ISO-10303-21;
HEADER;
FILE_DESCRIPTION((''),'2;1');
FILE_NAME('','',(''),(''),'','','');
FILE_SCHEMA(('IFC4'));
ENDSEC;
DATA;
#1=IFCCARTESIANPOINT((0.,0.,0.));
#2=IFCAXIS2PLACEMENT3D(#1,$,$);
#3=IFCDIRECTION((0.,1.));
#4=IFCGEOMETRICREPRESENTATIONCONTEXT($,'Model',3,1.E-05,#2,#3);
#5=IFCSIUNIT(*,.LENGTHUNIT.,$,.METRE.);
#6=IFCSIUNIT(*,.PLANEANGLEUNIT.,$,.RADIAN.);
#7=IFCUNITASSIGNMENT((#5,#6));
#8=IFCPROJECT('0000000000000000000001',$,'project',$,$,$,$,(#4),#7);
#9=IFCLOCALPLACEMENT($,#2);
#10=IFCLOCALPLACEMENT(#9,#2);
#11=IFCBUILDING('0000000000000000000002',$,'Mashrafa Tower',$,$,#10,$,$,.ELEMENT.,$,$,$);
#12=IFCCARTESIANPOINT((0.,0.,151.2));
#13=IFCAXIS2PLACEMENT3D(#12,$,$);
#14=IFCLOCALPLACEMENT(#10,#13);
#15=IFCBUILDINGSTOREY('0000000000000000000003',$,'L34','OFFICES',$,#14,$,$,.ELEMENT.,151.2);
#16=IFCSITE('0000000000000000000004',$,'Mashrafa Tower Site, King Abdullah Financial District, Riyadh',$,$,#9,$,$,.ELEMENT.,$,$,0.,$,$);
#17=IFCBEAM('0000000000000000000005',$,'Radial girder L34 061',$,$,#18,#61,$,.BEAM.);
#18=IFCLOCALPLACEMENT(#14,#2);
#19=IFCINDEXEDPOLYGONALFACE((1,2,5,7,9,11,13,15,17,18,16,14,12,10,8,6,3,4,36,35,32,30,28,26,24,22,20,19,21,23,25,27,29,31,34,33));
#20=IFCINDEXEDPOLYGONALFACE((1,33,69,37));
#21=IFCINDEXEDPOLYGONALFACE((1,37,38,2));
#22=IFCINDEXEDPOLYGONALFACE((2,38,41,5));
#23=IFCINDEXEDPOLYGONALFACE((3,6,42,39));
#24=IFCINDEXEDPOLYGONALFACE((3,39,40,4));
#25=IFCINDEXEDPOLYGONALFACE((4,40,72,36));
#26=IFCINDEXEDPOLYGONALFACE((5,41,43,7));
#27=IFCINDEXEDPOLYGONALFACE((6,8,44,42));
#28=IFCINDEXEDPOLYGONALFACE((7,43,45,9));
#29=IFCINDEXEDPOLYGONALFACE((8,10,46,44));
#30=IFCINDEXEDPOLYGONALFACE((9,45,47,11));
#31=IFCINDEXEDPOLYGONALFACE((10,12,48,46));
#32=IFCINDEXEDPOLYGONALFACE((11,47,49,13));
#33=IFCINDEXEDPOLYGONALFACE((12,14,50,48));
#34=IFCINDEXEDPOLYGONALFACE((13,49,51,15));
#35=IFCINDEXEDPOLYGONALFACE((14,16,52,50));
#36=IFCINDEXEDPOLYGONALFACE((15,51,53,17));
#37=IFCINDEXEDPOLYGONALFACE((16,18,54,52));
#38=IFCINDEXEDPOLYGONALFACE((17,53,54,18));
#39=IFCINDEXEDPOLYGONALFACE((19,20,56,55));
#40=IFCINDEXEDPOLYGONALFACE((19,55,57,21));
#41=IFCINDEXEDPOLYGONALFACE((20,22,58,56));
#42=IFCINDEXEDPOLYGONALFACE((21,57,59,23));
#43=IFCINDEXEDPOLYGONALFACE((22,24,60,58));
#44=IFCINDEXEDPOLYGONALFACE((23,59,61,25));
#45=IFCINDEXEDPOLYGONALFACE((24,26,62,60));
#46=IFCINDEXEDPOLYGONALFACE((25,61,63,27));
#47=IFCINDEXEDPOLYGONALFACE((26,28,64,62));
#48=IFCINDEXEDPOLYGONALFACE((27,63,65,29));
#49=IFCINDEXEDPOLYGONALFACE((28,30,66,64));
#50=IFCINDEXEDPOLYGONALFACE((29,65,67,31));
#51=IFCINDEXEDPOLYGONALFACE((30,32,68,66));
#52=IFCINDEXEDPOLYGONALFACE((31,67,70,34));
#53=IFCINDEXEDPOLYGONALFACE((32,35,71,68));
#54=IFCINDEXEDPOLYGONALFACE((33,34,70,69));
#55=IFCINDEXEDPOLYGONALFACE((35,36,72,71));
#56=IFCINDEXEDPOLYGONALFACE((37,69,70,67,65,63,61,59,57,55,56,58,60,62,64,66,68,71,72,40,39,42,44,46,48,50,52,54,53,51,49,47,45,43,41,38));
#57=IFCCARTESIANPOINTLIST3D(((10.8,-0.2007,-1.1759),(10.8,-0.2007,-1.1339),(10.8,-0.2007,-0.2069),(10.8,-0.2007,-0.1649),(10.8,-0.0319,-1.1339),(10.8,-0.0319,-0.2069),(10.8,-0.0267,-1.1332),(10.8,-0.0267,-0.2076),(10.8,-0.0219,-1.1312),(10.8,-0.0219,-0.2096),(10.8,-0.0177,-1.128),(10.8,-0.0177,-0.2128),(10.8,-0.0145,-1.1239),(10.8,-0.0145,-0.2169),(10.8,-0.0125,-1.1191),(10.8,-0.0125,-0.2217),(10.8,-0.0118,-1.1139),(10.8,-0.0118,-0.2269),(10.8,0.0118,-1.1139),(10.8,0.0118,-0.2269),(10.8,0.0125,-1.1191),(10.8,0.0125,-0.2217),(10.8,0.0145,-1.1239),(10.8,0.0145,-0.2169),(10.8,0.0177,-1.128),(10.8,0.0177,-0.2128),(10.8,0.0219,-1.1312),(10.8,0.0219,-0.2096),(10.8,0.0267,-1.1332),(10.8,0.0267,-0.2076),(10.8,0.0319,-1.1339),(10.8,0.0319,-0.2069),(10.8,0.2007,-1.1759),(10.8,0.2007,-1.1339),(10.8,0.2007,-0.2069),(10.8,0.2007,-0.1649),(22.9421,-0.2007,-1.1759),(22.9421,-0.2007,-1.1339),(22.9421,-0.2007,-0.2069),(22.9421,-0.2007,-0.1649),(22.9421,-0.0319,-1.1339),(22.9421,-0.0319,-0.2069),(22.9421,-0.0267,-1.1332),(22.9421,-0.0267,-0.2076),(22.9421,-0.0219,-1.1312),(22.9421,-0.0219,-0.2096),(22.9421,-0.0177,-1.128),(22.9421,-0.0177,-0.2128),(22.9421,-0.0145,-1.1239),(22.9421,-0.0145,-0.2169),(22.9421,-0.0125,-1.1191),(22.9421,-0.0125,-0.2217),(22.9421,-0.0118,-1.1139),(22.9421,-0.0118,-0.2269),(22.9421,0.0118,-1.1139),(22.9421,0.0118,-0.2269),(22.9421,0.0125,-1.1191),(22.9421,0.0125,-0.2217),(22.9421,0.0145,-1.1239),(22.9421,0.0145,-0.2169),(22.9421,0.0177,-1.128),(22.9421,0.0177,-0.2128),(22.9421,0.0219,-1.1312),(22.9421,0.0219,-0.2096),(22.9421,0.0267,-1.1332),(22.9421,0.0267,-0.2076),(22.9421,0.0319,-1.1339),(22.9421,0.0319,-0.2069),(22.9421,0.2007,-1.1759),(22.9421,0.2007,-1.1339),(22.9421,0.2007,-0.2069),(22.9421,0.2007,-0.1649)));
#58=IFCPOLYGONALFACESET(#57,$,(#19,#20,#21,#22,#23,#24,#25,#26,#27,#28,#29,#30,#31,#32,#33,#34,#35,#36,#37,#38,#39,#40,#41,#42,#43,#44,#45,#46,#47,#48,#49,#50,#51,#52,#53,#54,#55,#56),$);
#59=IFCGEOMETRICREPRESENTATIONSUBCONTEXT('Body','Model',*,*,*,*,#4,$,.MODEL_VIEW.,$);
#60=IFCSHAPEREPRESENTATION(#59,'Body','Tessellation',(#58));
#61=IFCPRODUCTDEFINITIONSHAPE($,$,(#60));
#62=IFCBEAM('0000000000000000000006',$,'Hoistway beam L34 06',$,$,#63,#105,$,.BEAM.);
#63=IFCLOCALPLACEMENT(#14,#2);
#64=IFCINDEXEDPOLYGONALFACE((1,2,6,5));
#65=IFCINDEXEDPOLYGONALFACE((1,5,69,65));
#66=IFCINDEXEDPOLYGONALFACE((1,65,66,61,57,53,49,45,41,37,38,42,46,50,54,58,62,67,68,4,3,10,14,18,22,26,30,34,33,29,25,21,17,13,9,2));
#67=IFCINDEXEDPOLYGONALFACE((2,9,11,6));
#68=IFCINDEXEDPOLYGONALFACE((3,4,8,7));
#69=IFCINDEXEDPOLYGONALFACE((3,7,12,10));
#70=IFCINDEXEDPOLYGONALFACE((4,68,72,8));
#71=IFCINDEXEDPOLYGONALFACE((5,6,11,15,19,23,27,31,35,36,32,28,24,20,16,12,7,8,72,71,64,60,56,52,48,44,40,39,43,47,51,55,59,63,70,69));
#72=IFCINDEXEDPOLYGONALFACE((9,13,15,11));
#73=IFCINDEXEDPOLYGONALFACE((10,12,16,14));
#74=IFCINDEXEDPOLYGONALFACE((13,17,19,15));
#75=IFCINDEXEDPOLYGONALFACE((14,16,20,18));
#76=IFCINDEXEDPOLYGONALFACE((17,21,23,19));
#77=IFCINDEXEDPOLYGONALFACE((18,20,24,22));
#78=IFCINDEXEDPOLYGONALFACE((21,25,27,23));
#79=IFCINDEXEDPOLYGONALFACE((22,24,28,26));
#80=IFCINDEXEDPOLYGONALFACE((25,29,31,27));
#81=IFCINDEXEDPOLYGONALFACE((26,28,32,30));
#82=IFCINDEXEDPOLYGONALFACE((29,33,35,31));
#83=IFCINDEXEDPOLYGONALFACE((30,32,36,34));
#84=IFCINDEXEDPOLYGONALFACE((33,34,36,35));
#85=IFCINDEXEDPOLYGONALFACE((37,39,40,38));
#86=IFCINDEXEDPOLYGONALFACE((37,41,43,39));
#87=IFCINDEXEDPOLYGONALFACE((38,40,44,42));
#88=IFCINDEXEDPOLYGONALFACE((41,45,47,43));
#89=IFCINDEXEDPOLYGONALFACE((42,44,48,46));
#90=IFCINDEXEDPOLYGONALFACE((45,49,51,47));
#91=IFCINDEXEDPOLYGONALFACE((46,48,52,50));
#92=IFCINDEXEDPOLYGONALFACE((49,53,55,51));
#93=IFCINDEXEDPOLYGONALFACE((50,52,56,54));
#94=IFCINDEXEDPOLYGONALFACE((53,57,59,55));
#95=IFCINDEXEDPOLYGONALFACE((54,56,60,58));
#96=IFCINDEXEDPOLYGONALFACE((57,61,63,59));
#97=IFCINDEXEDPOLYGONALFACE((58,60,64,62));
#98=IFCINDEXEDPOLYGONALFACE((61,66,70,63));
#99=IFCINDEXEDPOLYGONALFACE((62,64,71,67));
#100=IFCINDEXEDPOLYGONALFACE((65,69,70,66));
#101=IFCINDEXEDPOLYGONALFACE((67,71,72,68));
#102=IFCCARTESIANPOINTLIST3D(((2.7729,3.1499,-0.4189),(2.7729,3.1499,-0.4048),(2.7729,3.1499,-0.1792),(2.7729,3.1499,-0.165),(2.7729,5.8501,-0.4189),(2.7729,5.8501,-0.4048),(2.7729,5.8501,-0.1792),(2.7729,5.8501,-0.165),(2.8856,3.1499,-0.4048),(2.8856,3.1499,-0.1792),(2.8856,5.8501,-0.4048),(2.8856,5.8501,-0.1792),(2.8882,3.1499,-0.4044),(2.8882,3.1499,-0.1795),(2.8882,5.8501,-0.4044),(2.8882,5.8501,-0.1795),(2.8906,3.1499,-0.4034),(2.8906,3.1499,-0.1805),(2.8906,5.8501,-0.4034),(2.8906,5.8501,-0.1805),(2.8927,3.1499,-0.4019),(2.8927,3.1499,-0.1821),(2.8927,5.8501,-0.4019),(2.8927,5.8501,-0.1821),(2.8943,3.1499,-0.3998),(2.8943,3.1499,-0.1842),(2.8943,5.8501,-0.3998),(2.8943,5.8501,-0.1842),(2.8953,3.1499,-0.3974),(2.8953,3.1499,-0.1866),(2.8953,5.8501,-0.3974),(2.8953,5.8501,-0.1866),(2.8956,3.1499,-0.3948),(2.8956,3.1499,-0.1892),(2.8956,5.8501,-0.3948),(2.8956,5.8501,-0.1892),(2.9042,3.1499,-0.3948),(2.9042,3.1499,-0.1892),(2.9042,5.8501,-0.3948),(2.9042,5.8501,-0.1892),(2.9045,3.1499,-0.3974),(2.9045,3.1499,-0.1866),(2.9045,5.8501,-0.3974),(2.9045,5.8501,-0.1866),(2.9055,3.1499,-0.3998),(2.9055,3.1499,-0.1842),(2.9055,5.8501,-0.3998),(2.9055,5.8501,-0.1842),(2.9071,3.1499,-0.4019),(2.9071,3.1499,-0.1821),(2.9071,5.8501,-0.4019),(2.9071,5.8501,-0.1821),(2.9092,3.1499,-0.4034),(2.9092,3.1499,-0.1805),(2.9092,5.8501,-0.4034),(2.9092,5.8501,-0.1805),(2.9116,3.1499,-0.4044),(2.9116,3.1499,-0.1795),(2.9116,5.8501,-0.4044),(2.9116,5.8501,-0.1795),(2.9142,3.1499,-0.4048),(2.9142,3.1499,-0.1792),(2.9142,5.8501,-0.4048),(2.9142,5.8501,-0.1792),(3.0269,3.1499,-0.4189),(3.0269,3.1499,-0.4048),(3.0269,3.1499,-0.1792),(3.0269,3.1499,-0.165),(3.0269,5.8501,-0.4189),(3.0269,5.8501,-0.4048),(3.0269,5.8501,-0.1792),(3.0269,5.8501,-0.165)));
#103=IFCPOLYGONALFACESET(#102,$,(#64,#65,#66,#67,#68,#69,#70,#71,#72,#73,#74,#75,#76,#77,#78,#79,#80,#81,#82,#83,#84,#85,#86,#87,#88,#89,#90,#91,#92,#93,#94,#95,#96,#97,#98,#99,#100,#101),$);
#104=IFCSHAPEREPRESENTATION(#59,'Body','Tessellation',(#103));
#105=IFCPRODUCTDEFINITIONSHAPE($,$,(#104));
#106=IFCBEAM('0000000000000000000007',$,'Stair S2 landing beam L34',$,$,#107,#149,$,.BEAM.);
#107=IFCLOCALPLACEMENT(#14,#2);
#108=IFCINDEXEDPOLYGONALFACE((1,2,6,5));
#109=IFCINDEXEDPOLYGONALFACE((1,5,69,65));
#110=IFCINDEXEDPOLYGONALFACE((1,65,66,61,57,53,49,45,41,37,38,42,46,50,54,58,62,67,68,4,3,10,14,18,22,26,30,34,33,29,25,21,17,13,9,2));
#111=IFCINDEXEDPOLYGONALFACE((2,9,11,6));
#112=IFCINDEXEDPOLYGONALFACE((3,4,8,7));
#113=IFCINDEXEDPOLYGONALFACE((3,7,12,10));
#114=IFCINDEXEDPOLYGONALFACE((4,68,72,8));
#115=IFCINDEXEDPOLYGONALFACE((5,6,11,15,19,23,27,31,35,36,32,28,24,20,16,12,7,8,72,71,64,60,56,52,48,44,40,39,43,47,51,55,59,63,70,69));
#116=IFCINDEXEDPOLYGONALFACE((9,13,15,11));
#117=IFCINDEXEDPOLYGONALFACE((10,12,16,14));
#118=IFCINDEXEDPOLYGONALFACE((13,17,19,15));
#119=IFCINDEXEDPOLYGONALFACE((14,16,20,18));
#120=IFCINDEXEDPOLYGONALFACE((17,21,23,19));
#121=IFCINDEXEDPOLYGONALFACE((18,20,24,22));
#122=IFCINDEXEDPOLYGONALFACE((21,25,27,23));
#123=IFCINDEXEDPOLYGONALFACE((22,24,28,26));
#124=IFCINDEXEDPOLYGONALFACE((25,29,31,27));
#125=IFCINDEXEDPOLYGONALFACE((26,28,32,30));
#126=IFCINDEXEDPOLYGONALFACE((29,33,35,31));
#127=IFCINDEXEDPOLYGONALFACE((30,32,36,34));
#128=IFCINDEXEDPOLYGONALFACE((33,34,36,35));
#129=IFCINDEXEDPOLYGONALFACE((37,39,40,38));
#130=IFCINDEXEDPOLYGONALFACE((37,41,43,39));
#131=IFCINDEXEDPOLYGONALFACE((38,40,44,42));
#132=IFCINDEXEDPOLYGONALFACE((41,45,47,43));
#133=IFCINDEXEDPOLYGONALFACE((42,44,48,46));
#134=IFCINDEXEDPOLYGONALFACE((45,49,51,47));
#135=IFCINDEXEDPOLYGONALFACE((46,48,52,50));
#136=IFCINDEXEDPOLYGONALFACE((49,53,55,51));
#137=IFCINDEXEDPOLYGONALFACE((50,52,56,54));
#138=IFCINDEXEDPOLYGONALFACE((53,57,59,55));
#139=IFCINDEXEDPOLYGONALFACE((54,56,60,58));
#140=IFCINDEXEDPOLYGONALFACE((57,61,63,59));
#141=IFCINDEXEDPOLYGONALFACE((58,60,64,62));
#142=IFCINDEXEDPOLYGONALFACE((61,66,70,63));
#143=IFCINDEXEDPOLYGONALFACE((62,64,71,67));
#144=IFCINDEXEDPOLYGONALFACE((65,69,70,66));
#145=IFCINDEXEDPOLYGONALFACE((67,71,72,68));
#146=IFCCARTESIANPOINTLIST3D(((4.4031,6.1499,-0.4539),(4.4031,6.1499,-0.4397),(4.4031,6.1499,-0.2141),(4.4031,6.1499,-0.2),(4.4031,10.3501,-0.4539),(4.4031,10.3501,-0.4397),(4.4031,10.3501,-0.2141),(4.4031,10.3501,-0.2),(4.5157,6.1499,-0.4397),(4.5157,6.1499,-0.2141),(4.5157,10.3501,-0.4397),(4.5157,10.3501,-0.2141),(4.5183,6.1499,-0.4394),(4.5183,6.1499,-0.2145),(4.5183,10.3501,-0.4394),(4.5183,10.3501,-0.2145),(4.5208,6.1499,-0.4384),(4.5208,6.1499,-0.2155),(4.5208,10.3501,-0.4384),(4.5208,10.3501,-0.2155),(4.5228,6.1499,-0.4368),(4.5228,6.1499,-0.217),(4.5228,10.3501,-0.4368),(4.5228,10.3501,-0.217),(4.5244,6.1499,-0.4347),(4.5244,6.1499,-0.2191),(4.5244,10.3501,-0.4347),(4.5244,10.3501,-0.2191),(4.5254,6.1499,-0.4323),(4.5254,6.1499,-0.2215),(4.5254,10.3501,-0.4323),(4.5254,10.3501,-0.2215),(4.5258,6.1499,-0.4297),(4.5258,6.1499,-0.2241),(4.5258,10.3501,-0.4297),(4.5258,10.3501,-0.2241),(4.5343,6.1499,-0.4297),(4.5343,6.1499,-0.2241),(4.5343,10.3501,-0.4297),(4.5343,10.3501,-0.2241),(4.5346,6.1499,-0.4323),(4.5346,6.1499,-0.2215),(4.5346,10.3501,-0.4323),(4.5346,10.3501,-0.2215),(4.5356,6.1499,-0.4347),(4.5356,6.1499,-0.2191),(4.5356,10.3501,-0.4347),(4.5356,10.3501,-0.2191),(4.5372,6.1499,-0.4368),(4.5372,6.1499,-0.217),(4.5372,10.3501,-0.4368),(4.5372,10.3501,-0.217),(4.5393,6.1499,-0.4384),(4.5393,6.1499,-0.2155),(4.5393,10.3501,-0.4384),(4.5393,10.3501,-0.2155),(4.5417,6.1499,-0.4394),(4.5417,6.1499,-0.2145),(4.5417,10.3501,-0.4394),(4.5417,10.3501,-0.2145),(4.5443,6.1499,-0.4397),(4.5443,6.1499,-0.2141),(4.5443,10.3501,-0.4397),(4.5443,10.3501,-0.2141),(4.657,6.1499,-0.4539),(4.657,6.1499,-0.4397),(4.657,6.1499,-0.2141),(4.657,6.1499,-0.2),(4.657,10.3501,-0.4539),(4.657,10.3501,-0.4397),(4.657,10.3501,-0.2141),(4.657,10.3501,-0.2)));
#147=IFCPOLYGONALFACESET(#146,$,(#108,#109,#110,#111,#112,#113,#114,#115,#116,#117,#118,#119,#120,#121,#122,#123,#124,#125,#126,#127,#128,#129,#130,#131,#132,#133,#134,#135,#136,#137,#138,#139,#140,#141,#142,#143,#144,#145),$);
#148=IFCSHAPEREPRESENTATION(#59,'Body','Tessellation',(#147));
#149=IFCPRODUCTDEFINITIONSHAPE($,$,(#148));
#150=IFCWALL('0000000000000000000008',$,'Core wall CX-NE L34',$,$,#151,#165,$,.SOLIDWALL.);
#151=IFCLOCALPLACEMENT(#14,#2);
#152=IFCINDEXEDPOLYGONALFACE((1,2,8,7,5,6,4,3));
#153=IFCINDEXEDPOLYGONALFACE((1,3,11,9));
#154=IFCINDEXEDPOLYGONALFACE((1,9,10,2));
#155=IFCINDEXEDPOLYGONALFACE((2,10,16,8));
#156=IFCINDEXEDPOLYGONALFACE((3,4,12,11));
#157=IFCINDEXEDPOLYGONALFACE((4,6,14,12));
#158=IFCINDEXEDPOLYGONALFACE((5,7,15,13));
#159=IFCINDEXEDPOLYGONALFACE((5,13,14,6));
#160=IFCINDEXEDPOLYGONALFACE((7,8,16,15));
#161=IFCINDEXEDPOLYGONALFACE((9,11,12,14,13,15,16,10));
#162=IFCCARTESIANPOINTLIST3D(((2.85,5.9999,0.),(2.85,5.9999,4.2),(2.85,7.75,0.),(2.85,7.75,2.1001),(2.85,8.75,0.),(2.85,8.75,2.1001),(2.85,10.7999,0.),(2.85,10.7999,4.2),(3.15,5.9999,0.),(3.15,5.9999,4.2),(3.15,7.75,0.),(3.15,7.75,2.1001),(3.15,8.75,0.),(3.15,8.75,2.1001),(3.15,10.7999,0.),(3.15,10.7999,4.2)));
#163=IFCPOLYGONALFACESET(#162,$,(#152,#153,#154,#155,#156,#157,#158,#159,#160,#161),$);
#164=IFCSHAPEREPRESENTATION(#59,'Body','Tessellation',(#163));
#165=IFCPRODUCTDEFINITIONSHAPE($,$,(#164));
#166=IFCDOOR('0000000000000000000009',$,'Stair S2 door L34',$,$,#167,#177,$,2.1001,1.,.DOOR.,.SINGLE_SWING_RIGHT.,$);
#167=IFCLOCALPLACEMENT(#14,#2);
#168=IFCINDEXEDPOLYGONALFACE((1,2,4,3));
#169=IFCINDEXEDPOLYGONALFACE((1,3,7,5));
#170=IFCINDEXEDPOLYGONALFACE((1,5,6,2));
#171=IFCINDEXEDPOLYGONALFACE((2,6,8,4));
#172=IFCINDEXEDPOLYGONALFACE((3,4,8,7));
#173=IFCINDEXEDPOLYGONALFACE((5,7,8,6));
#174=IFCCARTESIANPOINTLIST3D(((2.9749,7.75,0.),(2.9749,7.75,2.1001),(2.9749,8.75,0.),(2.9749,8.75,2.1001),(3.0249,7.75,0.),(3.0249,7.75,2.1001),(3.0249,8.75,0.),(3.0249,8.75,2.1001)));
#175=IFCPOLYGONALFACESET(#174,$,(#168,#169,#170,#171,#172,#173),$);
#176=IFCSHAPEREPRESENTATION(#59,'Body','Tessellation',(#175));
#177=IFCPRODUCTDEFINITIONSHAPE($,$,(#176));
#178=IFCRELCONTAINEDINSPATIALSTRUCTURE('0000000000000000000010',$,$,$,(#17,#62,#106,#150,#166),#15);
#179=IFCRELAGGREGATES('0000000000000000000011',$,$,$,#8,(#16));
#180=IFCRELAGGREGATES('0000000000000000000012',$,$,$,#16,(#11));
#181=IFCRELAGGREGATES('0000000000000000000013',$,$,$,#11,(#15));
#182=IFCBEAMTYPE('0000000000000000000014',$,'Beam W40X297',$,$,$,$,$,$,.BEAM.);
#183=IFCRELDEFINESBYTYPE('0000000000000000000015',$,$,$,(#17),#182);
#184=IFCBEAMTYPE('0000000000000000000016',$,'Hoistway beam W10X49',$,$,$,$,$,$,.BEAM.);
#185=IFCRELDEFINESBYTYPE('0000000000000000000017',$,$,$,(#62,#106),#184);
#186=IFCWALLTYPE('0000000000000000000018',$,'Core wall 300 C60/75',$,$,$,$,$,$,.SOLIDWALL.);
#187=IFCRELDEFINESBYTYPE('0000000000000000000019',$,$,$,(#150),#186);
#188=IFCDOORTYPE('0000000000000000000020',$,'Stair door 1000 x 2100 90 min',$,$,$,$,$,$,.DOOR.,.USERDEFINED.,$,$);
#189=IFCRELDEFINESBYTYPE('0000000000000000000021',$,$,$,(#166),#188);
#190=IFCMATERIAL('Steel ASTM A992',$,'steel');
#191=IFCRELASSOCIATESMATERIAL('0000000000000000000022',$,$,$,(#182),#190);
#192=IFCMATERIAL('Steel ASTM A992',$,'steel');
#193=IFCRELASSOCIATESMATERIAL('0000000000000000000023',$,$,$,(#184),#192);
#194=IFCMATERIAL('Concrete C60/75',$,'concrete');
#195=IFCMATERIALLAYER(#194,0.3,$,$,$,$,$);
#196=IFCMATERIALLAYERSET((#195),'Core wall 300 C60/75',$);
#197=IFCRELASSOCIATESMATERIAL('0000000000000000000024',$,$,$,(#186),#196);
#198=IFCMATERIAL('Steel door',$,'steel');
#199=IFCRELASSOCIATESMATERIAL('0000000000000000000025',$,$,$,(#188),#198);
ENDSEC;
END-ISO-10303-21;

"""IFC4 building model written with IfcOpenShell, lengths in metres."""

from ifc_helpers import new_model, si_unit, direction, frame, frame_2d, origin, origin_2d, place, context, subcontext, project, spatial, rectangle, i_section, extrude, material, layer, layer_set, material_profile, profile_set, type_object, element, fill, save


model = new_model("IFC4")

# Units and contexts
model_context = context("Model", 3, precision=1e-05, world=origin(), true_north=direction((0.0, 1.0)))
body_context = subcontext(model_context, "Body", "Model", "MODEL_VIEW")
ifc_project = project(units=[si_unit("LENGTHUNIT", "METRE"), si_unit("PLANEANGLEUNIT", "RADIAN")], contexts=[model_context])

# Site, building, storey
site_placement = place(None, origin())
site = spatial("IfcSite", under=ifc_project, at=site_placement, Name="Mashrafa Tower Site, King Abdullah Financial District, Riyadh", CompositionType="ELEMENT", RefElevation=0.0)
building_placement = place(site_placement, origin())
building = spatial("IfcBuilding", under=site, at=building_placement, Name="Mashrafa Tower", CompositionType="ELEMENT")
storey_placement = place(building_placement, frame((0.0, 0.0, 151.2)))
storey = spatial("IfcBuildingStorey", under=building, at=storey_placement, Name="L34", Description="OFFICES", CompositionType="ELEMENT", Elevation=151.2)

# Beams
ifc_material_1 = material(Name="Steel ASTM A992", Category="steel")
ifc_material_profile_1 = material_profile(ifc_material_1, i_section(OverallWidth=0.4014, OverallDepth=1.011, WebThickness=0.0237, FlangeThickness=0.042, FilletRadius=0.02, at=origin_2d()), Name="W40X297")
ifc_profile_set_1 = profile_set([ifc_material_profile_1], Name="Steel ASTM A992")
beam_type_1 = type_object("IfcBeamType", Name="Beam W40X297", PredefinedType="BEAM", material=ifc_profile_set_1)
beam_1_placement = place(storey_placement, frame((10.8, 0.0, -0.6704), z_axis=(1.0, 0.0, 0.0), x_axis=(0.0, 1.0, 0.0)))
element("IfcBeam", 1, at=beam_1_placement, inside=storey, type_object=beam_type_1, Name="Radial girder L34 061", PredefinedType="BEAM", context=body_context, shape_type="SweptSolid", body=[
    extrude(i_section(OverallWidth=0.4014, OverallDepth=1.011, WebThickness=0.0237, FlangeThickness=0.042, FilletRadius=0.02, at=origin_2d()), origin(), (0.0, 0.0, 1.0), 12.1421),
])
ifc_material_2 = material(Name="Steel ASTM A992", Category="steel")
ifc_material_profile_2 = material_profile(ifc_material_2, i_section(OverallWidth=0.2539, OverallDepth=0.2539, WebThickness=0.0085, FlangeThickness=0.0142, FilletRadius=0.01, at=origin_2d()), Name="W10X49")
ifc_profile_set_2 = profile_set([ifc_material_profile_2], Name="Steel ASTM A992")
beam_type_2 = type_object("IfcBeamType", Name="Hoistway beam W10X49", PredefinedType="BEAM", material=ifc_profile_set_2)
beam_2_placement = place(storey_placement, frame((2.8999, 3.1499, -0.292), z_axis=(0.0, 1.0, 0.0), x_axis=(-1.0, 0.0, 0.0)))
element("IfcBeam", 2, at=beam_2_placement, inside=storey, type_object=beam_type_2, Name="Hoistway beam L34 06", PredefinedType="BEAM", context=body_context, shape_type="SweptSolid", body=[
    extrude(i_section(OverallWidth=0.2539, OverallDepth=0.2539, WebThickness=0.0085, FlangeThickness=0.0142, FilletRadius=0.01, at=origin_2d()), origin(), (0.0, 0.0, 1.0), 2.7002),
])
beam_3_placement = place(storey_placement, frame((4.53, 6.1499, -0.3269), z_axis=(0.0, 1.0, 0.0), x_axis=(-1.0, 0.0, 0.0)))
element("IfcBeam", 3, at=beam_3_placement, inside=storey, type_object=beam_type_2, Name="Stair S2 landing beam L34", PredefinedType="BEAM", context=body_context, shape_type="SweptSolid", body=[
    extrude(i_section(OverallWidth=0.2539, OverallDepth=0.2539, WebThickness=0.0085, FlangeThickness=0.0142, FilletRadius=0.01, at=origin_2d()), origin(), (0.0, 0.0, 1.0), 4.2002),
])

# Wall, opening, door
ifc_material_3 = material(Name="Concrete C60/75", Category="concrete")
ifc_layer_1 = layer(ifc_material_3, 0.3)
ifc_layer_set_1 = layer_set([ifc_layer_1], Name="Core wall 300 C60/75")
wall_type_1 = type_object("IfcWallType", Name="Core wall 300 C60/75", PredefinedType="SOLIDWALL", material=ifc_layer_set_1)
wall_1_placement = place(storey_placement, frame((3.0, 6.0, 0.0), z_axis=(0.0, 0.0, 1.0), x_axis=(0.0, 1.0, 0.0)))
wall_1 = element("IfcWall", 4, at=wall_1_placement, inside=storey, type_object=wall_type_1, Name="Core wall CX-NE L34", PredefinedType="SOLIDWALL", context=body_context, shape_type="SweptSolid", body=[
    extrude(rectangle(XDim=4.8, YDim=0.3, at=frame_2d((2.3999, 0.0))), origin(), (0.0, 0.0, 1.0), 4.2),
])
opening_1_placement = place(wall_1_placement, frame((1.75, 0.0, 0.0)))
opening_1 = element("IfcOpeningElement", 5, at=opening_1_placement, cuts=wall_1, PredefinedType="OPENING", context=body_context, shape_type="SweptSolid", body=[
    extrude(rectangle(XDim=1.0, YDim=2.1001, at=frame_2d((0.5, 1.05))), frame((0.0, 0.1599, 0.0), z_axis=(0.0, -1.0, 0.0), x_axis=(1.0, 0.0, 0.0)), (0.0, 0.0, 1.0), 0.3201),
])
ifc_material_4 = material(Name="Steel door", Category="steel")
door_type_1 = type_object("IfcDoorType", Name="Stair door 1000 x 2100 90 min", OperationType="USERDEFINED", PredefinedType="DOOR", material=ifc_material_4)
door_1_placement = place(opening_1_placement, frame((1.0, 0.0, 0.0), z_axis=(0.0, 0.0, 1.0), x_axis=(-1.0, 0.0, 0.0)))
door_1 = element("IfcDoor", 6, at=door_1_placement, inside=storey, type_object=door_type_1, Name="Stair S2 door L34", OperationType="SINGLE_SWING_RIGHT", OverallHeight=2.1001, OverallWidth=1.0, PredefinedType="DOOR", context=body_context, shape_type="SweptSolid", body=[
    extrude(rectangle(XDim=1.0, YDim=2.1001, at=frame_2d((0.5, 1.05))), frame((0.0, 0.0249, 0.0), z_axis=(0.0, -1.0, 0.0), x_axis=(1.0, 0.0, 0.0)), (0.0, 0.0, 1.0), 0.05),
])
fill(opening_1, door_1)

save(model, "model.ifc")
